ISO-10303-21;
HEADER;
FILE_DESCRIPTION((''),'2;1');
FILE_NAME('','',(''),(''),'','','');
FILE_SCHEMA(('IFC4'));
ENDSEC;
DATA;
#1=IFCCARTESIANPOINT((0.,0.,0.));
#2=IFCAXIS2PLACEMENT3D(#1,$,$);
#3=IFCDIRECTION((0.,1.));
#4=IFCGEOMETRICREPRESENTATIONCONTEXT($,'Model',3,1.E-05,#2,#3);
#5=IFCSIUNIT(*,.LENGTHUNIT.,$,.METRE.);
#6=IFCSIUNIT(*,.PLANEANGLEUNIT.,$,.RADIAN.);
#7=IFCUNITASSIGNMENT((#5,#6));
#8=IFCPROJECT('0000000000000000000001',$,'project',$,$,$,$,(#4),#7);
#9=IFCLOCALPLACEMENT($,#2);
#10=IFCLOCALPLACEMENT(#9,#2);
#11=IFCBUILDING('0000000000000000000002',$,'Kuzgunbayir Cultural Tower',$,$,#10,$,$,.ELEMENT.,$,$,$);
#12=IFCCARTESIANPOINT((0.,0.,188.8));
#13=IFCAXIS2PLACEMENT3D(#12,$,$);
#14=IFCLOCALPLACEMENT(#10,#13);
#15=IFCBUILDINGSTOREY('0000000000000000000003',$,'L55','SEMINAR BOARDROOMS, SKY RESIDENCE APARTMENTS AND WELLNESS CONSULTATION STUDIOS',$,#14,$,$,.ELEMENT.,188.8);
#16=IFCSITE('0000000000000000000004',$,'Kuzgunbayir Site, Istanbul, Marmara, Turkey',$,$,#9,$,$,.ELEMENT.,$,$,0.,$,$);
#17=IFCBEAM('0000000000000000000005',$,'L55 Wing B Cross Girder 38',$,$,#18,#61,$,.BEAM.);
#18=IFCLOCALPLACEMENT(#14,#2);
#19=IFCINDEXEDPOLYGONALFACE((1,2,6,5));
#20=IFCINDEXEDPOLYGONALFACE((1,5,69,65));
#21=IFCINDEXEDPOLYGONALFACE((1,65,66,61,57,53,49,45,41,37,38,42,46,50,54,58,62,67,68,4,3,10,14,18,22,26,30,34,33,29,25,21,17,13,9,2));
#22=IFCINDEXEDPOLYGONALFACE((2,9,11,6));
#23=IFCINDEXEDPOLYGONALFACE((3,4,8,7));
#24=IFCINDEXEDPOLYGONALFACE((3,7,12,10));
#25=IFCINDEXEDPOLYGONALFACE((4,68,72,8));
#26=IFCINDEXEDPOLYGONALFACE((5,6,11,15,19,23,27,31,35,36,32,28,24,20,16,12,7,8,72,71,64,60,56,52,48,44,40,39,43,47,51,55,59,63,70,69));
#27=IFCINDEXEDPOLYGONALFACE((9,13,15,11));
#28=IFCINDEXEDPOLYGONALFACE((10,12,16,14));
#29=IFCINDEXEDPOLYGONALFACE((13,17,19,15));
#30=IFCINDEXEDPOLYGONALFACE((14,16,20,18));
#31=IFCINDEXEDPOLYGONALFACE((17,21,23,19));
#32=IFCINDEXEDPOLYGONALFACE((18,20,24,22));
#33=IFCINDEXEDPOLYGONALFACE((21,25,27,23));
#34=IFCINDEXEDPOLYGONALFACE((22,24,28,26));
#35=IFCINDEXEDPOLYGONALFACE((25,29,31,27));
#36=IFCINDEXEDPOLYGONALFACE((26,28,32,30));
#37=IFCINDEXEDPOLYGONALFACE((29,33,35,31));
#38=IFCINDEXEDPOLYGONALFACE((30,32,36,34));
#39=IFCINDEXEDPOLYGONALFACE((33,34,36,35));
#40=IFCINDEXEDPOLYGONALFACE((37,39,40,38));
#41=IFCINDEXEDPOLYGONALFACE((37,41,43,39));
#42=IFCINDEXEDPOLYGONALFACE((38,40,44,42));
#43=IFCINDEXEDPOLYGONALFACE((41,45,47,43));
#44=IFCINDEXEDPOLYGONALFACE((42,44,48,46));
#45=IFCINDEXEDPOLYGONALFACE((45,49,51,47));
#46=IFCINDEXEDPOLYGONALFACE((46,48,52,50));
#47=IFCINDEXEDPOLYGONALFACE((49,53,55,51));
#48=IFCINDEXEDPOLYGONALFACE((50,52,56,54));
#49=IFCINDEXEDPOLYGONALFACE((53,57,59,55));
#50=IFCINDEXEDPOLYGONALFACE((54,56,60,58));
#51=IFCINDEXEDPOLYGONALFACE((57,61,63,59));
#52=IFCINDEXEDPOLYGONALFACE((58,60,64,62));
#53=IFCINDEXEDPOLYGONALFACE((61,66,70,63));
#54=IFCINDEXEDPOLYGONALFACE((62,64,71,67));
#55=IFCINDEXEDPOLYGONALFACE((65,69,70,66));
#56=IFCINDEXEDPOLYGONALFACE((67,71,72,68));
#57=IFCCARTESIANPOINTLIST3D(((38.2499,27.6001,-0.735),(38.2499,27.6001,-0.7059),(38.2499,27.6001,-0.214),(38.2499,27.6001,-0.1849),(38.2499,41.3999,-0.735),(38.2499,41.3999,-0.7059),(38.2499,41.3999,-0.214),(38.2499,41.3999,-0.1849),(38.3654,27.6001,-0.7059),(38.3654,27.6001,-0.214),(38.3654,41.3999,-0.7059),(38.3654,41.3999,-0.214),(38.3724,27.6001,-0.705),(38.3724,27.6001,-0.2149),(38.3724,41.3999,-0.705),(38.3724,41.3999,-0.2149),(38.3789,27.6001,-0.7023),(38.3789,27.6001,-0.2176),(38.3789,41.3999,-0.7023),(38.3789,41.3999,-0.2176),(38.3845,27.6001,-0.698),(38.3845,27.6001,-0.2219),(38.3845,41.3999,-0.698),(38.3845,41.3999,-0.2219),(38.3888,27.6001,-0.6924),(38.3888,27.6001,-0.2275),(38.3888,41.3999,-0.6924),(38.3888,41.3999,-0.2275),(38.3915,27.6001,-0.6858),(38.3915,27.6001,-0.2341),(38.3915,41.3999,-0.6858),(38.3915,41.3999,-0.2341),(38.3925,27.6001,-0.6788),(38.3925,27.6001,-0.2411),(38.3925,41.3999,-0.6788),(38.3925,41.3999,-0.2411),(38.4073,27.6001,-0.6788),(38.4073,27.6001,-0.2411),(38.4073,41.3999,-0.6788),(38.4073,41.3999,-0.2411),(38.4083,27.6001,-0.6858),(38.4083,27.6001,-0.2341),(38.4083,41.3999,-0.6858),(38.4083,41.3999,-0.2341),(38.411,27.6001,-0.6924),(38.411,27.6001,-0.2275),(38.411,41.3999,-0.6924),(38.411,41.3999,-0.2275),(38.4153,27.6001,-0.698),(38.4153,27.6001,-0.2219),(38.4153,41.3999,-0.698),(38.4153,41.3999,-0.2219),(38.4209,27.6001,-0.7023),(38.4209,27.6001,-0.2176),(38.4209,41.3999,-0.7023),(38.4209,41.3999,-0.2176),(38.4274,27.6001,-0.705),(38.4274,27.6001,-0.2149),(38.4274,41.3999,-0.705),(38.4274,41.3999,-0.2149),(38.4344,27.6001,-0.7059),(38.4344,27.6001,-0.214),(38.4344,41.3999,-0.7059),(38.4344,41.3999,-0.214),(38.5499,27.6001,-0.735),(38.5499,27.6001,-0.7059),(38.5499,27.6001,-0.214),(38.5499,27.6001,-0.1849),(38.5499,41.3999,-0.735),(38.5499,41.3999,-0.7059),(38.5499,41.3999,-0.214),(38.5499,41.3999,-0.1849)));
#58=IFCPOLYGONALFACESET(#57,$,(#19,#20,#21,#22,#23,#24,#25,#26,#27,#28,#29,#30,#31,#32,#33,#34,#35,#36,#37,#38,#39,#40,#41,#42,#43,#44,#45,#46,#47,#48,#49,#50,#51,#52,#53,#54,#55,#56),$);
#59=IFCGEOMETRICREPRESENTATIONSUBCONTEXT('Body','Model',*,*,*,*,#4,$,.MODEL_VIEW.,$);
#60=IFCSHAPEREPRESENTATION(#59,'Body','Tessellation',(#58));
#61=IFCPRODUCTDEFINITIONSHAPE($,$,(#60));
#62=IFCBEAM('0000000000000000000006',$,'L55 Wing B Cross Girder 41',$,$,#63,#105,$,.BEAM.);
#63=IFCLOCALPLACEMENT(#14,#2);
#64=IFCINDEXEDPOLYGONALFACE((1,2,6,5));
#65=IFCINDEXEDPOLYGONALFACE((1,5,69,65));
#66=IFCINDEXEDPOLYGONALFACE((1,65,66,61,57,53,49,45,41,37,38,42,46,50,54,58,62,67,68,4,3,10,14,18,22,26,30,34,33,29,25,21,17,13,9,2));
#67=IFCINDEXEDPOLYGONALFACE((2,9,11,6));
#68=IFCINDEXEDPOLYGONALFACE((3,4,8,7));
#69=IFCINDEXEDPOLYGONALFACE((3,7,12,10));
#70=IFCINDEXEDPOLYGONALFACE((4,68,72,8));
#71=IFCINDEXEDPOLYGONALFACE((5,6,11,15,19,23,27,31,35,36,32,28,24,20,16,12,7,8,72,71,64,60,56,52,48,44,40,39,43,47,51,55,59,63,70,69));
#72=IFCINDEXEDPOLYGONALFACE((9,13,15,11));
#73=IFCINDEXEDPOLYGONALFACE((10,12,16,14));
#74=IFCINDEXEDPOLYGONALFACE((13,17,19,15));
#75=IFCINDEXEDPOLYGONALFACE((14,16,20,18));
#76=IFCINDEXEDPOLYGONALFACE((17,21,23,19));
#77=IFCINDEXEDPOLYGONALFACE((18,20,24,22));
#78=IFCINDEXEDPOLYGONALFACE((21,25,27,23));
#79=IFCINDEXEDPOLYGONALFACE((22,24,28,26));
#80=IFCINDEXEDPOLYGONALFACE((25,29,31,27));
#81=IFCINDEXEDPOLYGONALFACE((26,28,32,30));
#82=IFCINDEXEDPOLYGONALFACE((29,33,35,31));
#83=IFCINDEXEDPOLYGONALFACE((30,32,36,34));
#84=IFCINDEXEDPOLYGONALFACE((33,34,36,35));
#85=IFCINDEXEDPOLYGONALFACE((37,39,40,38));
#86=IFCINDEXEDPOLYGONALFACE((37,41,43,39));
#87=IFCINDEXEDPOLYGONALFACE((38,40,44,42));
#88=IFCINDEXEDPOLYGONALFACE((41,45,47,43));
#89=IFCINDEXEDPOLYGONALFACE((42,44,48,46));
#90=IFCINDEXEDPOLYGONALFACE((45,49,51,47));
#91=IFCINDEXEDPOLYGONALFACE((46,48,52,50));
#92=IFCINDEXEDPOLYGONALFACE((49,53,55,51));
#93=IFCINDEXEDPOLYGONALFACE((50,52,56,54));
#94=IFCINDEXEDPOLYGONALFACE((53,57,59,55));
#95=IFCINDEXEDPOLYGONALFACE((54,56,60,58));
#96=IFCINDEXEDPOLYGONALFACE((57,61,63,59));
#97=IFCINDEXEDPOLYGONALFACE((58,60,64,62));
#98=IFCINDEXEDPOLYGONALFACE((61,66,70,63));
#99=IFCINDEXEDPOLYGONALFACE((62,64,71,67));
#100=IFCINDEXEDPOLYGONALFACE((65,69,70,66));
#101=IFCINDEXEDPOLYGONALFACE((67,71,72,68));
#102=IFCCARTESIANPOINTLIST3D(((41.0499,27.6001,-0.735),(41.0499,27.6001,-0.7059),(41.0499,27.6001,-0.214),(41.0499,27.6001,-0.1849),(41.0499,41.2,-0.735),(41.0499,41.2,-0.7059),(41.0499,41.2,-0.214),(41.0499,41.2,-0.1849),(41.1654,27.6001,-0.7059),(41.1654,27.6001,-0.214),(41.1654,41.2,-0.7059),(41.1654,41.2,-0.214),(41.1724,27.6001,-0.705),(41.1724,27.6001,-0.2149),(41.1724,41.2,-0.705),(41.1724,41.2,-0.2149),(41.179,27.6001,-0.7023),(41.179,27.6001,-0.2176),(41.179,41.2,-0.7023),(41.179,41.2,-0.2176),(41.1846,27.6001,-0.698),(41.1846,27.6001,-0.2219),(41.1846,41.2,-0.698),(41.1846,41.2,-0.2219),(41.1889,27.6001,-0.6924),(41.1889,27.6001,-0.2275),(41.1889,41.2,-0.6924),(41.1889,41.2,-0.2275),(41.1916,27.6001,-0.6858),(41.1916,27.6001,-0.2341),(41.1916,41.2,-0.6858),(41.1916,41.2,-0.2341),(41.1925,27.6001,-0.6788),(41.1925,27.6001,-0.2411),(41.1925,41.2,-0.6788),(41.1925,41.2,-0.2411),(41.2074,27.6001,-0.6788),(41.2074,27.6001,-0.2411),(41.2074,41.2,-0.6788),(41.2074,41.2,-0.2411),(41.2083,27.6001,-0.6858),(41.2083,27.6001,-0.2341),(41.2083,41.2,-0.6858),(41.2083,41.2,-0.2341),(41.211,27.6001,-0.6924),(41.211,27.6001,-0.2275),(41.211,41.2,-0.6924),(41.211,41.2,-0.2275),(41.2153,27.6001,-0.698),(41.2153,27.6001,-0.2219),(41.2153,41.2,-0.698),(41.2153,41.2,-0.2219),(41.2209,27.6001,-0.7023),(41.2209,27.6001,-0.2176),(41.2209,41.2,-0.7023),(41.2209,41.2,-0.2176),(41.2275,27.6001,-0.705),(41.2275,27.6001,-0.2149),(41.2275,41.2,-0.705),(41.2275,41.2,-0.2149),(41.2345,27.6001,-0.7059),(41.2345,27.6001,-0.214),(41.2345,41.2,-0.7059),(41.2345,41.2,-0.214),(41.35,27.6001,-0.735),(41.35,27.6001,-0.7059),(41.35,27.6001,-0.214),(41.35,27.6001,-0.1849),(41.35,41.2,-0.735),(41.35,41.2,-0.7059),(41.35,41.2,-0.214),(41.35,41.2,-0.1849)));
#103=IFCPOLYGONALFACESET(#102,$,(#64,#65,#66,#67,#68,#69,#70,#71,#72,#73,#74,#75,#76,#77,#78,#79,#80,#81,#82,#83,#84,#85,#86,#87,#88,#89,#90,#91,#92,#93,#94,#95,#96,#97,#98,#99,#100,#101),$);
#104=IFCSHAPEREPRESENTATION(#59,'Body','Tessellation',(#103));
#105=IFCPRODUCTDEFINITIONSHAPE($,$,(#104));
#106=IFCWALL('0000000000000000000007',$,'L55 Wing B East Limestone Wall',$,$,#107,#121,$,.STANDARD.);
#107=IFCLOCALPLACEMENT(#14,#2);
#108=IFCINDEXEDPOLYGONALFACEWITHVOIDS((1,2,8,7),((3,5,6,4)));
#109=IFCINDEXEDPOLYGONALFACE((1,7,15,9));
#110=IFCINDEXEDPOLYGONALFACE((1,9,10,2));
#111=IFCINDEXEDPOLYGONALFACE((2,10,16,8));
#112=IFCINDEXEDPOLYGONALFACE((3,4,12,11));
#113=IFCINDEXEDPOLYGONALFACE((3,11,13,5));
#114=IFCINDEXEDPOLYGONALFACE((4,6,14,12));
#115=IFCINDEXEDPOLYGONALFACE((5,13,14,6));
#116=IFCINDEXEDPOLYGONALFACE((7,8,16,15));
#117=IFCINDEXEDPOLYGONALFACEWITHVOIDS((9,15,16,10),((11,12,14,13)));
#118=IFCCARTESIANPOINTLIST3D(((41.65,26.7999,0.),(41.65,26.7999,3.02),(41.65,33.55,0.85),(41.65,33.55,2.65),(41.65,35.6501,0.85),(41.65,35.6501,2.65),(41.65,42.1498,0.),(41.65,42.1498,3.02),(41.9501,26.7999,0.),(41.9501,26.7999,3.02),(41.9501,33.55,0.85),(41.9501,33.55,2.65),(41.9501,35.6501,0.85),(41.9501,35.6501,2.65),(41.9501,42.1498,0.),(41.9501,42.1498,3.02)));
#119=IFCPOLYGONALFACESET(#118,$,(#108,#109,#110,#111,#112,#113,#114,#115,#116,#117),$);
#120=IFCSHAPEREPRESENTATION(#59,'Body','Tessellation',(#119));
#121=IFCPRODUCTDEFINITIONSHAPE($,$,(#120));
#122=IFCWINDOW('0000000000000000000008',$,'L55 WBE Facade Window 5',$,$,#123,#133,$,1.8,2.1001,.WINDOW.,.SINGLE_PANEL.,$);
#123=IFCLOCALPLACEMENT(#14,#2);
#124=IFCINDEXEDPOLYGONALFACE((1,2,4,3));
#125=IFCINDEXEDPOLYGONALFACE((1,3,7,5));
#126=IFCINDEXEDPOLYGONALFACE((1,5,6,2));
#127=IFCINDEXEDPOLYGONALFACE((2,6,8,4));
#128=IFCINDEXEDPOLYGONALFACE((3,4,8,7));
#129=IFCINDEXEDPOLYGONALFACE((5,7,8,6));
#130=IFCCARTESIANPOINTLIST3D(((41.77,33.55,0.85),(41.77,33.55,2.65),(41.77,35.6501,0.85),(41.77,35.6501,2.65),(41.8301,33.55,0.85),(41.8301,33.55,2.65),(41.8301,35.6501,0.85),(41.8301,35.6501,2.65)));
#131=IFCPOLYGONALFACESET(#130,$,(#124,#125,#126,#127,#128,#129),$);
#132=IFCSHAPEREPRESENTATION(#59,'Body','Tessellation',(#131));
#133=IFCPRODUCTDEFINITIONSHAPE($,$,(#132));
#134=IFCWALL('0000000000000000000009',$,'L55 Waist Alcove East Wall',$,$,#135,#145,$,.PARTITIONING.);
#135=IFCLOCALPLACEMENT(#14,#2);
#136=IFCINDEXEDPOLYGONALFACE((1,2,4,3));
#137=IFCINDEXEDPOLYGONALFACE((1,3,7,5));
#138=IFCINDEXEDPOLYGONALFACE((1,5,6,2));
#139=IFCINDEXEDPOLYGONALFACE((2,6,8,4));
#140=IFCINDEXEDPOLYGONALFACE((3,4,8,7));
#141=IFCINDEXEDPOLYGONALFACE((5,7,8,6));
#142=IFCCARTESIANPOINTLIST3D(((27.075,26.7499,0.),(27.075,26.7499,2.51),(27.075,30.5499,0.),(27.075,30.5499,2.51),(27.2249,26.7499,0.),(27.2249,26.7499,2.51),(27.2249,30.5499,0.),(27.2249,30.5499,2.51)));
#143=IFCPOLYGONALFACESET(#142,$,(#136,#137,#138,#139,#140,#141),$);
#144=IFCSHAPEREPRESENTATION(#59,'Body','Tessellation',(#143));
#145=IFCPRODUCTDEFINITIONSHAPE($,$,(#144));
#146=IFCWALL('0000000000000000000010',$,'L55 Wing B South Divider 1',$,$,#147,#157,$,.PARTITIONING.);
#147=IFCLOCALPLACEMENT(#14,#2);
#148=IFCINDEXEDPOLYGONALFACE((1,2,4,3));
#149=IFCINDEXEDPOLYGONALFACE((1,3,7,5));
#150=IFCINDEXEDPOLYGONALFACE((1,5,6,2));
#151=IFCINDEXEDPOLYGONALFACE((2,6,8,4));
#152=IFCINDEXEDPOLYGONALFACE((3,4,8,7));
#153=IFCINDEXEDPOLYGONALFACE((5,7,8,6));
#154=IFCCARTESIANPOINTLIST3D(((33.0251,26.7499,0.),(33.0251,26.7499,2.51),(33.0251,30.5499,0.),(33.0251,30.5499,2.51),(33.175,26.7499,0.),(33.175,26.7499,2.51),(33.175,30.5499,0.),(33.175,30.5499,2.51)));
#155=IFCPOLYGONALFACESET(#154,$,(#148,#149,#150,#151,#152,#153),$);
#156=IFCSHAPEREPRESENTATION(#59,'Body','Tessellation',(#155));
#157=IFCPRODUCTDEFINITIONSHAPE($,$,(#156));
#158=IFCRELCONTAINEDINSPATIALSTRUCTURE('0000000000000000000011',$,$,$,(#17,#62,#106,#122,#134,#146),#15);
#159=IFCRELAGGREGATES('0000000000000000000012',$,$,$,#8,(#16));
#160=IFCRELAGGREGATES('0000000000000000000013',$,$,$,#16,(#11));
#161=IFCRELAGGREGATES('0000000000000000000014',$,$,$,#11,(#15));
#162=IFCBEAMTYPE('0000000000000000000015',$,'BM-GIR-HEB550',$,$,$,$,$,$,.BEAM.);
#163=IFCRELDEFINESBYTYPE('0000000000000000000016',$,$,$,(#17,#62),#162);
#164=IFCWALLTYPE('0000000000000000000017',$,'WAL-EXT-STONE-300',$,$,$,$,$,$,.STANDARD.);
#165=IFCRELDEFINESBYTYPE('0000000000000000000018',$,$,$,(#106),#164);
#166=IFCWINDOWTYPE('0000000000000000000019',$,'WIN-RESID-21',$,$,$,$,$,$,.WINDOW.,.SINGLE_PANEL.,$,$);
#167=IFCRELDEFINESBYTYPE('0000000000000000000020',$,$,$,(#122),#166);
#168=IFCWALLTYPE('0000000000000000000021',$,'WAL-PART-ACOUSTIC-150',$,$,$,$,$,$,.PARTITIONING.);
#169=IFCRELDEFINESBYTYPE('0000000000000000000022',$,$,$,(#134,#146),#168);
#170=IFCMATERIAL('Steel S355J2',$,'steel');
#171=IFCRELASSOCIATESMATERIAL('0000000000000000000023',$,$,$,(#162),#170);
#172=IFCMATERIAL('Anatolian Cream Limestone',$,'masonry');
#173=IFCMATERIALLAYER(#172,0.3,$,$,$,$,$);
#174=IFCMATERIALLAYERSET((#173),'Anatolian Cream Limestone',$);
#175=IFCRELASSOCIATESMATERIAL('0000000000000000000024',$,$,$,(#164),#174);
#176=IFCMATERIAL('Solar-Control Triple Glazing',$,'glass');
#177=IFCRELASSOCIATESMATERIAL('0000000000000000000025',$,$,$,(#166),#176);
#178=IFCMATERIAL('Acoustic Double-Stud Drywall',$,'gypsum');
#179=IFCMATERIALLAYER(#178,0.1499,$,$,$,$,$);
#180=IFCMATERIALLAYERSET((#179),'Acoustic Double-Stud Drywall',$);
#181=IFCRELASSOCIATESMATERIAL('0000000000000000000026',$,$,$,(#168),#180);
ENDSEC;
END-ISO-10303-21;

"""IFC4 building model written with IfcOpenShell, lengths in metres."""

from ifc_helpers import new_model, si_unit, direction, frame, frame_2d, origin, origin_2d, place, context, subcontext, project, spatial, rectangle, i_section, extrude, material, layer, layer_set, material_profile, profile_set, type_object, element, fill, save


model = new_model("IFC4")

# Units and contexts
model_context = context("Model", 3, precision=1e-05, world=origin(), true_north=direction((0.0, 1.0)))
body_context = subcontext(model_context, "Body", "Model", "MODEL_VIEW")
ifc_project = project(units=[si_unit("LENGTHUNIT", "METRE"), si_unit("PLANEANGLEUNIT", "RADIAN")], contexts=[model_context])

# Site, building, storey
site_placement = place(None, origin())
site = spatial("IfcSite", under=ifc_project, at=site_placement, Name="Kuzgunbayir Site, Istanbul, Marmara, Turkey", CompositionType="ELEMENT", RefElevation=0.0)
building_placement = place(site_placement, origin())
building = spatial("IfcBuilding", under=site, at=building_placement, Name="Kuzgunbayir Cultural Tower", CompositionType="ELEMENT")
storey_placement = place(building_placement, frame((0.0, 0.0, 188.8)))
storey = spatial("IfcBuildingStorey", under=building, at=storey_placement, Name="L55", Description="SEMINAR BOARDROOMS, SKY RESIDENCE APARTMENTS AND WELLNESS CONSULTATION STUDIOS", CompositionType="ELEMENT", Elevation=188.8)

# Beams
ifc_material_1 = material(Name="Steel S355J2", Category="steel")
ifc_material_profile_1 = material_profile(ifc_material_1, i_section(OverallWidth=0.3, OverallDepth=0.55, WebThickness=0.0149, FlangeThickness=0.0291, FilletRadius=0.0271, at=origin_2d()), Name="HEB 550")
ifc_profile_set_1 = profile_set([ifc_material_profile_1], Name="Steel S355J2")
beam_type_1 = type_object("IfcBeamType", Name="BM-GIR-HEB550", PredefinedType="BEAM", material=ifc_profile_set_1)
beam_1_placement = place(storey_placement, frame((38.3999, 27.6001, -0.46), z_axis=(0.0, 1.0, 0.0), x_axis=(-1.0, 0.0, 0.0)))
element("IfcBeam", 1, at=beam_1_placement, inside=storey, type_object=beam_type_1, Name="L55 Wing B Cross Girder 38", PredefinedType="BEAM", context=body_context, shape_type="SweptSolid", body=[
    extrude(i_section(OverallWidth=0.3, OverallDepth=0.55, WebThickness=0.0149, FlangeThickness=0.0291, FilletRadius=0.0271, at=origin_2d()), origin(), (0.0, 0.0, 1.0), 13.7998),
])
beam_2_placement = place(storey_placement, frame((41.2, 27.6001, -0.46), z_axis=(0.0, 1.0, 0.0), x_axis=(-1.0, 0.0, 0.0)))
element("IfcBeam", 2, at=beam_2_placement, inside=storey, type_object=beam_type_1, Name="L55 Wing B Cross Girder 41", PredefinedType="BEAM", context=body_context, shape_type="SweptSolid", body=[
    extrude(i_section(OverallWidth=0.3, OverallDepth=0.55, WebThickness=0.0149, FlangeThickness=0.0291, FilletRadius=0.0271, at=origin_2d()), origin(), (0.0, 0.0, 1.0), 13.5999),
])

# Wall, opening, window
ifc_material_2 = material(Name="Anatolian Cream Limestone", Category="masonry")
ifc_layer_1 = layer(ifc_material_2, 0.3)
ifc_layer_set_1 = layer_set([ifc_layer_1], Name="Anatolian Cream Limestone")
wall_type_1 = type_object("IfcWallType", Name="WAL-EXT-STONE-300", PredefinedType="STANDARD", material=ifc_layer_set_1)
wall_1_placement = place(storey_placement, frame((41.8, 26.8, 0.0), z_axis=(0.0, 0.0, 1.0), x_axis=(0.0, 1.0, 0.0)))
wall_1 = element("IfcWall", 3, at=wall_1_placement, inside=storey, type_object=wall_type_1, Name="L55 Wing B East Limestone Wall", PredefinedType="STANDARD", context=body_context, shape_type="SweptSolid", body=[
    extrude(rectangle(XDim=15.3499, YDim=0.3, at=frame_2d((7.6748, 0.0))), origin(), (0.0, 0.0, 1.0), 3.02),
])
opening_1_placement = place(wall_1_placement, frame((6.75, 0.0, 0.8501)))
opening_1 = element("IfcOpeningElement", 4, at=opening_1_placement, cuts=wall_1, PredefinedType="OPENING", context=body_context, shape_type="SweptSolid", body=[
    extrude(rectangle(XDim=2.1001, YDim=1.8, at=frame_2d((1.05, 0.8999))), frame((0.0, 0.1602, 0.0), z_axis=(0.0, -1.0, 0.0), x_axis=(1.0, 0.0, 0.0)), (0.0, 0.0, 1.0), 0.3201),
])
ifc_material_3 = material(Name="Solar-Control Triple Glazing", Category="glass")
window_type = type_object("IfcWindowType", Name="WIN-RESID-21", PartitioningType="SINGLE_PANEL", PredefinedType="WINDOW", material=ifc_material_3)
window_placement = place(opening_1_placement, origin())
window = element("IfcWindow", 5, at=window_placement, inside=storey, type_object=window_type, Name="L55 WBE Facade Window 5", OverallHeight=1.8, OverallWidth=2.1001, PartitioningType="SINGLE_PANEL", PredefinedType="WINDOW", context=body_context, shape_type="SweptSolid", body=[
    extrude(rectangle(XDim=2.1001, YDim=1.8, at=frame_2d((1.05, 0.8999))), frame((0.0, 0.03, 0.0), z_axis=(0.0, -1.0, 0.0), x_axis=(1.0, 0.0, 0.0)), (0.0, 0.0, 1.0), 0.0601),
])
fill(opening_1, window)

# Walls
ifc_material_4 = material(Name="Acoustic Double-Stud Drywall", Category="gypsum")
ifc_layer_2 = layer(ifc_material_4, 0.1499)
ifc_layer_set_2 = layer_set([ifc_layer_2], Name="Acoustic Double-Stud Drywall")
wall_type_2 = type_object("IfcWallType", Name="WAL-PART-ACOUSTIC-150", PredefinedType="PARTITIONING", material=ifc_layer_set_2)
for number, where, z_axis, x_axis, name in (
    (6, (27.1499, 26.75, 0.0), (0.0, 0.0, 1.0), (0.0, 1.0, 0.0), "L55 Waist Alcove East Wall"),
    (7, (33.1001, 26.75, 0.0), (0.0, 0.0, 1.0), (0.0, 1.0, 0.0), "L55 Wing B South Divider 1"),
):
    element("IfcWall", number, at=place(storey_placement, frame(where, z_axis=z_axis, x_axis=x_axis)), inside=storey, type_object=wall_type_2, Name=name, PredefinedType="PARTITIONING", context=body_context, shape_type="SweptSolid", body=[
        extrude(rectangle(XDim=3.8, YDim=0.1499, at=frame_2d((1.8999, 0.0))), origin(), (0.0, 0.0, 1.0), 2.51),
    ])

save(model, "model.ifc")
